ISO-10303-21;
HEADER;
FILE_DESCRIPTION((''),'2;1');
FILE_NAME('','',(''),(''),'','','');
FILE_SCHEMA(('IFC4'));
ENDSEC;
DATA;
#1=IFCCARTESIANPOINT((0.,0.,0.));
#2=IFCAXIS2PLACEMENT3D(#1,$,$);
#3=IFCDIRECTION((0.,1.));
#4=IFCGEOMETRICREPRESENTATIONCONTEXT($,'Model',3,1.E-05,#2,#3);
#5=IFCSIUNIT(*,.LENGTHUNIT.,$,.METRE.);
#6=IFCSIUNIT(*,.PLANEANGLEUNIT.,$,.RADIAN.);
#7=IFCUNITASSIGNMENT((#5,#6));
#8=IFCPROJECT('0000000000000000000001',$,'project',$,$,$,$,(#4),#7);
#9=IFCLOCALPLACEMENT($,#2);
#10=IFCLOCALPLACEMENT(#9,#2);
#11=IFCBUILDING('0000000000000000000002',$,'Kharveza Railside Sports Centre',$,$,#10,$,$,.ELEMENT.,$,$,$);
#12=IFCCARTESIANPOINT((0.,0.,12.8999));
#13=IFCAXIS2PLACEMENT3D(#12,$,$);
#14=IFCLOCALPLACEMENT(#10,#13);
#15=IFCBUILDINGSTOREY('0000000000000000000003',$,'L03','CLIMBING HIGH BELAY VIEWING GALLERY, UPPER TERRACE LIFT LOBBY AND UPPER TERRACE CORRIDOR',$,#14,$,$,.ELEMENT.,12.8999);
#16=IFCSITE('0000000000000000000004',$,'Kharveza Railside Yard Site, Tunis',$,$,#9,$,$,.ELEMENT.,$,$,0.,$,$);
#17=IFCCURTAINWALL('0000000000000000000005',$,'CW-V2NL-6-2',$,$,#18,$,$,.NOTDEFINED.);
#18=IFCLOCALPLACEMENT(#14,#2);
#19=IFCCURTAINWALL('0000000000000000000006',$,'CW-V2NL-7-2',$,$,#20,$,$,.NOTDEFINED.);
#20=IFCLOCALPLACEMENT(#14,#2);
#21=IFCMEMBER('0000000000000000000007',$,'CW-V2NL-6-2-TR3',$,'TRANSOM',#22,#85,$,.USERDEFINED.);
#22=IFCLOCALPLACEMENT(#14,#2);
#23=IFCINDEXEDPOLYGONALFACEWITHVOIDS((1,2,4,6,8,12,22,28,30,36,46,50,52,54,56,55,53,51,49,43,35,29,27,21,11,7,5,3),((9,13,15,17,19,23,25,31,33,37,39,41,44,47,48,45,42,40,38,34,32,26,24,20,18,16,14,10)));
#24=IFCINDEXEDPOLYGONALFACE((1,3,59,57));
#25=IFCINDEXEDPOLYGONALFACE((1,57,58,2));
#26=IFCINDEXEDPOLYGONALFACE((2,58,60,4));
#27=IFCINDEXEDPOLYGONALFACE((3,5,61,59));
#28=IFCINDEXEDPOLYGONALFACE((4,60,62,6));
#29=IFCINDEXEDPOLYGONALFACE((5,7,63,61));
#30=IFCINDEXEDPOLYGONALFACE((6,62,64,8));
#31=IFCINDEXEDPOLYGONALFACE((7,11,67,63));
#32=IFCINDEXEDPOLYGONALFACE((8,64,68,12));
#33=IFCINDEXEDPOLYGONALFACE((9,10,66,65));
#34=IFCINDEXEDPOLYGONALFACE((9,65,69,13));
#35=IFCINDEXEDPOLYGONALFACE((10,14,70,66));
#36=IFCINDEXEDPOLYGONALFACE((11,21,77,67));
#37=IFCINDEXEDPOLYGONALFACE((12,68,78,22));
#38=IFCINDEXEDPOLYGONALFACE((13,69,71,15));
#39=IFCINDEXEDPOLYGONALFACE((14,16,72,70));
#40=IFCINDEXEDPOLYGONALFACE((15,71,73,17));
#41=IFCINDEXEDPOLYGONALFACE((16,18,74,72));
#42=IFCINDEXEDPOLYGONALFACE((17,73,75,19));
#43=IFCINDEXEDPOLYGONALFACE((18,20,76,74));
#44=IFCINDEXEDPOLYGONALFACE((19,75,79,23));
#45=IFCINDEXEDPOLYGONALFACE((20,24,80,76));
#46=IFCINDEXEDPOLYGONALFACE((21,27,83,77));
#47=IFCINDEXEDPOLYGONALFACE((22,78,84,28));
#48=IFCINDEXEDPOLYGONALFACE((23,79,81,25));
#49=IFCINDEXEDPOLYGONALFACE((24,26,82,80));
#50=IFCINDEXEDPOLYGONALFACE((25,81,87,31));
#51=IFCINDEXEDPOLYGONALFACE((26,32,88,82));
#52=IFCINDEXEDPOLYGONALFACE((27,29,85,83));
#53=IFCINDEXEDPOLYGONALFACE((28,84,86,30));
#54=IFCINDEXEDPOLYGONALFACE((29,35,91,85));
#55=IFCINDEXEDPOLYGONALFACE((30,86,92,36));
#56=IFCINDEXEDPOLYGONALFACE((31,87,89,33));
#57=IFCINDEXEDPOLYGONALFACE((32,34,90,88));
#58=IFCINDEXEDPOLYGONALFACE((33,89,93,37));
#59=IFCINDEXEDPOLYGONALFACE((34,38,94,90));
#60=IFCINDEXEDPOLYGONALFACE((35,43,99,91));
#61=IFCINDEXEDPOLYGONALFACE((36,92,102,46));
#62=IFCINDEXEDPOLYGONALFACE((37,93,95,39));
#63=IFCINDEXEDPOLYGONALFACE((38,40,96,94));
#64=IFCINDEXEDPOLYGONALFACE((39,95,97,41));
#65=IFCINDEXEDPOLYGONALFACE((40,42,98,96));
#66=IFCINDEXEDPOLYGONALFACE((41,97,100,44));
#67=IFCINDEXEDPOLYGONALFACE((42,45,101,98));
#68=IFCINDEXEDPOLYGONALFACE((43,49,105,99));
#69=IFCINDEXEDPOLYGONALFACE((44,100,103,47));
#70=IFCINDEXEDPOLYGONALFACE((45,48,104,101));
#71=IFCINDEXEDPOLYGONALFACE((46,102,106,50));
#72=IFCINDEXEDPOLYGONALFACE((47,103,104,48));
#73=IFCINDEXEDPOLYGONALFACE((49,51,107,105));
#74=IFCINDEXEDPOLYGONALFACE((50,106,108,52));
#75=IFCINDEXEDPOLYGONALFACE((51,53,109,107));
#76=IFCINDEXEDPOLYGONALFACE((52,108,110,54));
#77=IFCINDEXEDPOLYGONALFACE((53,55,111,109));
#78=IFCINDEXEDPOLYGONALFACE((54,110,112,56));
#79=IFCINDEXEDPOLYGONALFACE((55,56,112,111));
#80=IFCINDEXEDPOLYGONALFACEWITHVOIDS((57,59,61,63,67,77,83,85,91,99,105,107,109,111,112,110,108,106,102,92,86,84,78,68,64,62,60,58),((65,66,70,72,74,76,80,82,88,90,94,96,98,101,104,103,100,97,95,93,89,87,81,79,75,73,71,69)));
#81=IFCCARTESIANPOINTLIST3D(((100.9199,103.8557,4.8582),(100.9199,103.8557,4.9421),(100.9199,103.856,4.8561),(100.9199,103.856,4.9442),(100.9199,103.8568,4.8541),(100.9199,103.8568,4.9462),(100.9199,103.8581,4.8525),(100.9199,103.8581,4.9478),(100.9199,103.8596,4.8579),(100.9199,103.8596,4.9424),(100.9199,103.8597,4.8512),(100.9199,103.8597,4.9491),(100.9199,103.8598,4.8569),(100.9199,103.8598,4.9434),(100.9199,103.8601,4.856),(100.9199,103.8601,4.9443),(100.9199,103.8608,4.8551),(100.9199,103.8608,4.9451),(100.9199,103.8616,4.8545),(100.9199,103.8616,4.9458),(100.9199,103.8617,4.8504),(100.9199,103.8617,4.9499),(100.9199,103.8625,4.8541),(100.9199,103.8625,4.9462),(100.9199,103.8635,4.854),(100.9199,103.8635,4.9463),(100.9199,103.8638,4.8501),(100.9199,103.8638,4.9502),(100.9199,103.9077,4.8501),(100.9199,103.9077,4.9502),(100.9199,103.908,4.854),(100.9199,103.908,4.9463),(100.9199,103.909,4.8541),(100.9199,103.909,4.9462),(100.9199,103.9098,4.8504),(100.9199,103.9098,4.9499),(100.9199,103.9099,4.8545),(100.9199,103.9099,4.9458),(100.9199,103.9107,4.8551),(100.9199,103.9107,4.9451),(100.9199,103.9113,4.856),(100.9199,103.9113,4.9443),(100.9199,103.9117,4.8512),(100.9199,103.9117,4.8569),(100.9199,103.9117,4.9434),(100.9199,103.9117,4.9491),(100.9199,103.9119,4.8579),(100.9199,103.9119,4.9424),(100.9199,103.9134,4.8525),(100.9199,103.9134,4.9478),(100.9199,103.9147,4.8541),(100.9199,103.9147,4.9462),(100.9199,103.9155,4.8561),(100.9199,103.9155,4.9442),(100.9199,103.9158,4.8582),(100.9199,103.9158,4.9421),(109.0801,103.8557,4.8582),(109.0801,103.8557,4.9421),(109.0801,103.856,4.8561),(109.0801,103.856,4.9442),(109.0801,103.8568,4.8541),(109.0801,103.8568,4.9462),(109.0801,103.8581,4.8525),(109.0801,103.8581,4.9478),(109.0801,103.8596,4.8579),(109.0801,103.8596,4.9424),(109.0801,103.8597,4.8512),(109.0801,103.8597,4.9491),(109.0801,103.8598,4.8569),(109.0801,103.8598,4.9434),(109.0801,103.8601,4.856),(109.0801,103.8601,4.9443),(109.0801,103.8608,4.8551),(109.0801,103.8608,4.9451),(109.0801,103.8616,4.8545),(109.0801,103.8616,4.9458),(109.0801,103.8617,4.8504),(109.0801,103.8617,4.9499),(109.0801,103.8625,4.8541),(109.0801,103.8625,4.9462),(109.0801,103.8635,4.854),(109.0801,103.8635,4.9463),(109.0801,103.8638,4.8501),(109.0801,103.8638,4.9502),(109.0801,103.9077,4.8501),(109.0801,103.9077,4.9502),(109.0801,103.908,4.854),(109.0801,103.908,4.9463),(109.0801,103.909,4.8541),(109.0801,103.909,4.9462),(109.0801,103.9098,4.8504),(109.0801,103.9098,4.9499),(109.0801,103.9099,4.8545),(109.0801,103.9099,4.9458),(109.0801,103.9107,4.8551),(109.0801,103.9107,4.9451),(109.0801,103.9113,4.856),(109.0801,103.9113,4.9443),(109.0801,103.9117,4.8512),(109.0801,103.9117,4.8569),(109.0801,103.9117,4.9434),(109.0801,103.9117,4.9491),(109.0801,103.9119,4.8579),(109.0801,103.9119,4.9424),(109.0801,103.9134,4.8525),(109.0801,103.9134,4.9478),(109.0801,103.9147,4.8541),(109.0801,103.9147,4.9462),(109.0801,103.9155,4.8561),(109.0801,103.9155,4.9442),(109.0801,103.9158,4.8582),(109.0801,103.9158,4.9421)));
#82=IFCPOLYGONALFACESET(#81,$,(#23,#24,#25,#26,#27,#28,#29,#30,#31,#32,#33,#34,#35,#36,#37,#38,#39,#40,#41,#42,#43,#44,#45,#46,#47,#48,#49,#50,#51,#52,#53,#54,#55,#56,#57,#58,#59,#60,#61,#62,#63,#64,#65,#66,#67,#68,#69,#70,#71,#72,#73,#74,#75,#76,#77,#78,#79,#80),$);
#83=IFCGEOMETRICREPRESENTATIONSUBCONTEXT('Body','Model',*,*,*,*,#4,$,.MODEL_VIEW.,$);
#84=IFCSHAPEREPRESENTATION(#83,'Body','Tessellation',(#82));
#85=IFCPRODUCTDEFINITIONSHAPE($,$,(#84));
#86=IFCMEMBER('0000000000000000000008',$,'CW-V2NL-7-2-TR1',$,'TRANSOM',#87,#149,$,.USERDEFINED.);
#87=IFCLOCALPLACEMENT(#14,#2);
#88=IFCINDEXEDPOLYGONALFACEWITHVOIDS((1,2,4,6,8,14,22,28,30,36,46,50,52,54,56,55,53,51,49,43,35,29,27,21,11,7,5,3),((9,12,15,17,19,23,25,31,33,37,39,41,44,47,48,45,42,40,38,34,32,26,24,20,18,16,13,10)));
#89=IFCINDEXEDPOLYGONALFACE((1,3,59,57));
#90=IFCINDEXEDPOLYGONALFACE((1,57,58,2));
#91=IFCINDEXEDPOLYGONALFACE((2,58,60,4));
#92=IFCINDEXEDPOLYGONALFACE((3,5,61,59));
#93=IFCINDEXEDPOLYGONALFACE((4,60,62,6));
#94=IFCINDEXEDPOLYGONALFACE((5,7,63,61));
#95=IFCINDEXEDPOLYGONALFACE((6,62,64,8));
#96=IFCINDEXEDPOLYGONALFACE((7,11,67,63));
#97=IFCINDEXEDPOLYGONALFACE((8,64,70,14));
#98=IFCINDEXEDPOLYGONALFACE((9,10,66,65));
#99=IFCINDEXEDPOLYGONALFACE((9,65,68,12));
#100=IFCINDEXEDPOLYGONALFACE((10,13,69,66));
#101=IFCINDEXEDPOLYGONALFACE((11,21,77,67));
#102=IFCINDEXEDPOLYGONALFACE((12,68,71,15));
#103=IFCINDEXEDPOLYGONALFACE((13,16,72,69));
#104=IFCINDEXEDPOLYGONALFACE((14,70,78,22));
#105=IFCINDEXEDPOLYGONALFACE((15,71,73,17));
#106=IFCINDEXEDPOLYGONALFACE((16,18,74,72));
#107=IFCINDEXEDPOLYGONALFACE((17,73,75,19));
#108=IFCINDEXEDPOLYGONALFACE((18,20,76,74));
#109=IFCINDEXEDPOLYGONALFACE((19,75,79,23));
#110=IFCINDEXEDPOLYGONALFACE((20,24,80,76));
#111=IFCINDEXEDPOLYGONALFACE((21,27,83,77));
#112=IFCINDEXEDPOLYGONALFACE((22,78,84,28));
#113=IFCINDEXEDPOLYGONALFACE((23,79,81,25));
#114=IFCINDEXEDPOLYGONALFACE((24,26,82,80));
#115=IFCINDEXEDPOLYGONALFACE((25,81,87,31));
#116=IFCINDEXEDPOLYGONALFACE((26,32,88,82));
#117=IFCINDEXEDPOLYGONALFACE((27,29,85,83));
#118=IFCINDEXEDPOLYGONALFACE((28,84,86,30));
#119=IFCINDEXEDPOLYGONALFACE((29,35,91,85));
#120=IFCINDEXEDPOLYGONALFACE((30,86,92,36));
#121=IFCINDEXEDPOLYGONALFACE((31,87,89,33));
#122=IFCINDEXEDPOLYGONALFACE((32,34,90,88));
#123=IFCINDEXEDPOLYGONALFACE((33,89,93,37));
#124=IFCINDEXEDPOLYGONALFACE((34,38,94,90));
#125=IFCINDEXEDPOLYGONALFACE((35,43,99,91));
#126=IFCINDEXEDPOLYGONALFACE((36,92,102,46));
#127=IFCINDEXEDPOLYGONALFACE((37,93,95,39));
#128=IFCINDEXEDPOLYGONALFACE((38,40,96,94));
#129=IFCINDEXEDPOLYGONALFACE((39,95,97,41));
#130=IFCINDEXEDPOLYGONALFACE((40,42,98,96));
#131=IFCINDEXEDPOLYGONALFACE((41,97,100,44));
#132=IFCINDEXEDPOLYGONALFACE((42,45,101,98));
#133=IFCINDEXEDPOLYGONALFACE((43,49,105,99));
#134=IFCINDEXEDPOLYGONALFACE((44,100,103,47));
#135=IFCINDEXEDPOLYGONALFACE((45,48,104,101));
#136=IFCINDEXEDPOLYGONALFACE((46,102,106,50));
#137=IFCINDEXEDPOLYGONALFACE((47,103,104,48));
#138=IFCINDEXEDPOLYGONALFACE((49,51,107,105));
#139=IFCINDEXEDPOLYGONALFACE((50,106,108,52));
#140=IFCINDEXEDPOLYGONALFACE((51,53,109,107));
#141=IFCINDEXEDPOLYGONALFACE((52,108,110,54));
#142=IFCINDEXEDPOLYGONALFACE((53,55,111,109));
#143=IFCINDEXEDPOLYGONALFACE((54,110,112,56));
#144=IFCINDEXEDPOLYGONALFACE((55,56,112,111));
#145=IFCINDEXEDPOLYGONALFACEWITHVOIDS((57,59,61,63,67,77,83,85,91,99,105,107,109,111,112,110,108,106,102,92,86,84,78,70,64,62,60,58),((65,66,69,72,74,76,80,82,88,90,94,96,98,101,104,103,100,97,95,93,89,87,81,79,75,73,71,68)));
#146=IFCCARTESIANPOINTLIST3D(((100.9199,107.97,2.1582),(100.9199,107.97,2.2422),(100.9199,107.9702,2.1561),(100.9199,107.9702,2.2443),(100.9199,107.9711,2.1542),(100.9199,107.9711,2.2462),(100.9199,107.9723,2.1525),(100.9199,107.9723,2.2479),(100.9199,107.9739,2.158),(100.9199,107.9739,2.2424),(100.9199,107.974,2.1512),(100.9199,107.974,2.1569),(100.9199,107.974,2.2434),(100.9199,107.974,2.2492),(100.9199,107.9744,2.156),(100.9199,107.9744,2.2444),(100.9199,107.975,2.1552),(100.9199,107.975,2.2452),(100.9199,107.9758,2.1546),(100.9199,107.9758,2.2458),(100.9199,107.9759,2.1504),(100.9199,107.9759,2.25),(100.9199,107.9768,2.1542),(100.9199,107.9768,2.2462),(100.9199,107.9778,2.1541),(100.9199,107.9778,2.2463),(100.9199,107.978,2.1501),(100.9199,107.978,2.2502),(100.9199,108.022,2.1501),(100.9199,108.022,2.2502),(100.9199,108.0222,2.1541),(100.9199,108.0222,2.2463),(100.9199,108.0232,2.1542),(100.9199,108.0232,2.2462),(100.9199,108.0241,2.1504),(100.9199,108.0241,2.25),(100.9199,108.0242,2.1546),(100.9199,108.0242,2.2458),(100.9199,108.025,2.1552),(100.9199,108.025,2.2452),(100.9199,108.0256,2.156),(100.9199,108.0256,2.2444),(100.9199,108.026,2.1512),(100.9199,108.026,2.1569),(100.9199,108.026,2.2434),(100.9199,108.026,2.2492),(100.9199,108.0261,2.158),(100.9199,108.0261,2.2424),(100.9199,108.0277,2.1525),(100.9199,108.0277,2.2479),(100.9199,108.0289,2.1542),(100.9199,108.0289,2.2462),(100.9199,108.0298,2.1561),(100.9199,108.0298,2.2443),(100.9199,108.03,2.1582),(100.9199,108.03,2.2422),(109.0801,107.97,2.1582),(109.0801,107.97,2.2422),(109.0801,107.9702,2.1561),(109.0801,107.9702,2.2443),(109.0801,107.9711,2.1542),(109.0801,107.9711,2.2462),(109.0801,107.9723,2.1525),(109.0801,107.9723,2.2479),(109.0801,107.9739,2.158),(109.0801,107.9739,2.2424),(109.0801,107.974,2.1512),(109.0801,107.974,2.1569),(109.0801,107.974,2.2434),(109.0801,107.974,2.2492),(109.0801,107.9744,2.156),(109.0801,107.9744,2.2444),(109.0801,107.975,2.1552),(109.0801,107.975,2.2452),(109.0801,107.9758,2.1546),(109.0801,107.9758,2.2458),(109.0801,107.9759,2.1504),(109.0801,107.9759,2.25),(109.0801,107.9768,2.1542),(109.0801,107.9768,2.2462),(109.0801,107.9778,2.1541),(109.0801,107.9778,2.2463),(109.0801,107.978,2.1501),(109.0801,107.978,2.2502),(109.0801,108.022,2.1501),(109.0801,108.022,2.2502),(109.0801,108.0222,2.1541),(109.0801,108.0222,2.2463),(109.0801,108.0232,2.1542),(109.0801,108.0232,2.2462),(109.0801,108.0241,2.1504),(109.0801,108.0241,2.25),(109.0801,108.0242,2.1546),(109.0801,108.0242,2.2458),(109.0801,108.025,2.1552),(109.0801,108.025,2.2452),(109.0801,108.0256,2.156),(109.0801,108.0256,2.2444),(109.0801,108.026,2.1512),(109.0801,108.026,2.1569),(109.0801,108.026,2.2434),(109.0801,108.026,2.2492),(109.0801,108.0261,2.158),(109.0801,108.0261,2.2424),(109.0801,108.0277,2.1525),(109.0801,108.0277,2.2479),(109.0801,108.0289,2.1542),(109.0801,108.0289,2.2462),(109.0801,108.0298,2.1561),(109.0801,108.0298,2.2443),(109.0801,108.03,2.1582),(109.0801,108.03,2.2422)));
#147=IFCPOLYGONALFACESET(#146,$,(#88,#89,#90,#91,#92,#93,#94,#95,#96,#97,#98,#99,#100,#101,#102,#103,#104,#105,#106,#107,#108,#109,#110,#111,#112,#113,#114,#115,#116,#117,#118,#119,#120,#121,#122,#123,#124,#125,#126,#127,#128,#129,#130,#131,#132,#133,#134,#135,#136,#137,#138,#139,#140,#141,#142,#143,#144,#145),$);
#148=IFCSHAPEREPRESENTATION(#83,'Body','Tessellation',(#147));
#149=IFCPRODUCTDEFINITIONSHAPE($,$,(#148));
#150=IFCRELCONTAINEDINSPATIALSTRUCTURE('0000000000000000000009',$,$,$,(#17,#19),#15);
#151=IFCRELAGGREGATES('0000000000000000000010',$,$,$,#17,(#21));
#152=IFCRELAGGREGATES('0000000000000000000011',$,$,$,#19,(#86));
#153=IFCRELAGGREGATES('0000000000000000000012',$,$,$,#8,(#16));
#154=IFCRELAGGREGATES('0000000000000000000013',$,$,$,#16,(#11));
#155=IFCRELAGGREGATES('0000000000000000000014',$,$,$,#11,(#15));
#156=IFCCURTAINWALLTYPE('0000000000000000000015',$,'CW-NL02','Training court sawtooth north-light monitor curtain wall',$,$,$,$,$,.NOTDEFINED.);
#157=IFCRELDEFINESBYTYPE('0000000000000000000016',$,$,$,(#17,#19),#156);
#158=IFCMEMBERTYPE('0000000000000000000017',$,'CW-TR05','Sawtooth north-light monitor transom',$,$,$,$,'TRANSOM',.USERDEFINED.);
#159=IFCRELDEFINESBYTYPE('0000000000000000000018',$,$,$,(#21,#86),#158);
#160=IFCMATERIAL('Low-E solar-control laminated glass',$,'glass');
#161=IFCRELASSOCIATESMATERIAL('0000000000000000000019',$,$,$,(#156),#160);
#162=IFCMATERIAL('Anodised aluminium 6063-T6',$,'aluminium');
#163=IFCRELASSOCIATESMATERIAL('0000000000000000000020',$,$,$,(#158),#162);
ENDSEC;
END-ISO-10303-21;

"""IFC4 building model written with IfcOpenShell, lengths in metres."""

from ifc_helpers import new_model, si_unit, direction, frame, origin, origin_2d, place, context, subcontext, project, spatial, hollow_rectangle, extrude, material, material_profile, profile_set, type_object, element, aggregate, save


model = new_model("IFC4")

# Units and contexts
model_context = context("Model", 3, precision=1e-05, world=origin(), true_north=direction((0.0, 1.0)))
body_context = subcontext(model_context, "Body", "Model", "MODEL_VIEW")
ifc_project = project(units=[si_unit("LENGTHUNIT", "METRE"), si_unit("PLANEANGLEUNIT", "RADIAN")], contexts=[model_context])

# Site, building, storey
site_placement = place(None, origin())
site = spatial("IfcSite", under=ifc_project, at=site_placement, Name="Kharveza Railside Yard Site, Tunis", CompositionType="ELEMENT", RefElevation=0.0)
building_placement = place(site_placement, origin())
building = spatial("IfcBuilding", under=site, at=building_placement, Name="Kharveza Railside Sports Centre", CompositionType="ELEMENT")
storey_placement = place(building_placement, frame((0.0, 0.0, 12.8999)))
storey = spatial("IfcBuildingStorey", under=building, at=storey_placement, Name="L03", Description="CLIMBING HIGH BELAY VIEWING GALLERY, UPPER TERRACE LIFT LOBBY AND UPPER TERRACE CORRIDOR", CompositionType="ELEMENT", Elevation=12.8999)

# Curtain walls
ifc_material_1 = material(Name="Low-E solar-control laminated glass", Category="glass")
curtain_wall_type = type_object("IfcCurtainWallType", Name="CW-NL02", Description="Training court sawtooth north-light monitor curtain wall", PredefinedType="NOTDEFINED", material=ifc_material_1)
curtain_wall_1_placement = place(storey_placement, origin())
curtain_wall_1 = element("IfcCurtainWall", 1, at=curtain_wall_1_placement, inside=storey, type_object=curtain_wall_type, Name="CW-V2NL-6-2", PredefinedType="NOTDEFINED")
ifc_material_2 = material(Name="Anodised aluminium 6063-T6", Category="aluminium")
curtain_wall_2_placement = place(storey_placement, origin())
curtain_wall_2 = element("IfcCurtainWall", 2, at=curtain_wall_2_placement, inside=storey, type_object=curtain_wall_type, Name="CW-V2NL-7-2", PredefinedType="NOTDEFINED")

# Members
ifc_material_profile_1 = material_profile(ifc_material_2, hollow_rectangle(XDim=0.0601, YDim=0.1001, WallThickness=0.0039, InnerFilletRadius=0.0039, OuterFilletRadius=0.0081, at=origin_2d()), Name="RHS 60x100x4.0")
ifc_profile_set_1 = profile_set([ifc_material_profile_1], Name="Anodised aluminium 6063-T6")
member_type_1 = type_object("IfcMemberType", Name="CW-TR05", Description="Sawtooth north-light monitor transom", ElementType="TRANSOM", PredefinedType="USERDEFINED", material=ifc_profile_set_1)
member_1_placement = place(storey_placement, frame((100.9199, 103.8857, 4.9001), z_axis=(1.0, 0.0, 0.0), x_axis=(0.0, 1.0, 0.0)))
member_1 = element("IfcMember", 3, at=member_1_placement, type_object=member_type_1, Name="CW-V2NL-6-2-TR3", ObjectType="TRANSOM", PredefinedType="USERDEFINED", context=body_context, shape_type="SweptSolid", body=[
    extrude(hollow_rectangle(XDim=0.0601, YDim=0.1001, WallThickness=0.0039, InnerFilletRadius=0.0039, OuterFilletRadius=0.0081, at=origin_2d()), origin(), (0.0, 0.0, 1.0), 8.1602),
])
member_2_placement = place(storey_placement, frame((100.9199, 108.0, 2.2002), z_axis=(1.0, 0.0, 0.0), x_axis=(0.0, 1.0, 0.0)))
member_2 = element("IfcMember", 4, at=member_2_placement, type_object=member_type_1, Name="CW-V2NL-7-2-TR1", ObjectType="TRANSOM", PredefinedType="USERDEFINED", context=body_context, shape_type="SweptSolid", body=[
    extrude(hollow_rectangle(XDim=0.0601, YDim=0.1001, WallThickness=0.0039, InnerFilletRadius=0.0039, OuterFilletRadius=0.0081, at=origin_2d()), origin(), (0.0, 0.0, 1.0), 8.1602),
])

aggregate(curtain_wall_1, [member_1])
aggregate(curtain_wall_2, [member_2])

save(model, "model.ifc")
